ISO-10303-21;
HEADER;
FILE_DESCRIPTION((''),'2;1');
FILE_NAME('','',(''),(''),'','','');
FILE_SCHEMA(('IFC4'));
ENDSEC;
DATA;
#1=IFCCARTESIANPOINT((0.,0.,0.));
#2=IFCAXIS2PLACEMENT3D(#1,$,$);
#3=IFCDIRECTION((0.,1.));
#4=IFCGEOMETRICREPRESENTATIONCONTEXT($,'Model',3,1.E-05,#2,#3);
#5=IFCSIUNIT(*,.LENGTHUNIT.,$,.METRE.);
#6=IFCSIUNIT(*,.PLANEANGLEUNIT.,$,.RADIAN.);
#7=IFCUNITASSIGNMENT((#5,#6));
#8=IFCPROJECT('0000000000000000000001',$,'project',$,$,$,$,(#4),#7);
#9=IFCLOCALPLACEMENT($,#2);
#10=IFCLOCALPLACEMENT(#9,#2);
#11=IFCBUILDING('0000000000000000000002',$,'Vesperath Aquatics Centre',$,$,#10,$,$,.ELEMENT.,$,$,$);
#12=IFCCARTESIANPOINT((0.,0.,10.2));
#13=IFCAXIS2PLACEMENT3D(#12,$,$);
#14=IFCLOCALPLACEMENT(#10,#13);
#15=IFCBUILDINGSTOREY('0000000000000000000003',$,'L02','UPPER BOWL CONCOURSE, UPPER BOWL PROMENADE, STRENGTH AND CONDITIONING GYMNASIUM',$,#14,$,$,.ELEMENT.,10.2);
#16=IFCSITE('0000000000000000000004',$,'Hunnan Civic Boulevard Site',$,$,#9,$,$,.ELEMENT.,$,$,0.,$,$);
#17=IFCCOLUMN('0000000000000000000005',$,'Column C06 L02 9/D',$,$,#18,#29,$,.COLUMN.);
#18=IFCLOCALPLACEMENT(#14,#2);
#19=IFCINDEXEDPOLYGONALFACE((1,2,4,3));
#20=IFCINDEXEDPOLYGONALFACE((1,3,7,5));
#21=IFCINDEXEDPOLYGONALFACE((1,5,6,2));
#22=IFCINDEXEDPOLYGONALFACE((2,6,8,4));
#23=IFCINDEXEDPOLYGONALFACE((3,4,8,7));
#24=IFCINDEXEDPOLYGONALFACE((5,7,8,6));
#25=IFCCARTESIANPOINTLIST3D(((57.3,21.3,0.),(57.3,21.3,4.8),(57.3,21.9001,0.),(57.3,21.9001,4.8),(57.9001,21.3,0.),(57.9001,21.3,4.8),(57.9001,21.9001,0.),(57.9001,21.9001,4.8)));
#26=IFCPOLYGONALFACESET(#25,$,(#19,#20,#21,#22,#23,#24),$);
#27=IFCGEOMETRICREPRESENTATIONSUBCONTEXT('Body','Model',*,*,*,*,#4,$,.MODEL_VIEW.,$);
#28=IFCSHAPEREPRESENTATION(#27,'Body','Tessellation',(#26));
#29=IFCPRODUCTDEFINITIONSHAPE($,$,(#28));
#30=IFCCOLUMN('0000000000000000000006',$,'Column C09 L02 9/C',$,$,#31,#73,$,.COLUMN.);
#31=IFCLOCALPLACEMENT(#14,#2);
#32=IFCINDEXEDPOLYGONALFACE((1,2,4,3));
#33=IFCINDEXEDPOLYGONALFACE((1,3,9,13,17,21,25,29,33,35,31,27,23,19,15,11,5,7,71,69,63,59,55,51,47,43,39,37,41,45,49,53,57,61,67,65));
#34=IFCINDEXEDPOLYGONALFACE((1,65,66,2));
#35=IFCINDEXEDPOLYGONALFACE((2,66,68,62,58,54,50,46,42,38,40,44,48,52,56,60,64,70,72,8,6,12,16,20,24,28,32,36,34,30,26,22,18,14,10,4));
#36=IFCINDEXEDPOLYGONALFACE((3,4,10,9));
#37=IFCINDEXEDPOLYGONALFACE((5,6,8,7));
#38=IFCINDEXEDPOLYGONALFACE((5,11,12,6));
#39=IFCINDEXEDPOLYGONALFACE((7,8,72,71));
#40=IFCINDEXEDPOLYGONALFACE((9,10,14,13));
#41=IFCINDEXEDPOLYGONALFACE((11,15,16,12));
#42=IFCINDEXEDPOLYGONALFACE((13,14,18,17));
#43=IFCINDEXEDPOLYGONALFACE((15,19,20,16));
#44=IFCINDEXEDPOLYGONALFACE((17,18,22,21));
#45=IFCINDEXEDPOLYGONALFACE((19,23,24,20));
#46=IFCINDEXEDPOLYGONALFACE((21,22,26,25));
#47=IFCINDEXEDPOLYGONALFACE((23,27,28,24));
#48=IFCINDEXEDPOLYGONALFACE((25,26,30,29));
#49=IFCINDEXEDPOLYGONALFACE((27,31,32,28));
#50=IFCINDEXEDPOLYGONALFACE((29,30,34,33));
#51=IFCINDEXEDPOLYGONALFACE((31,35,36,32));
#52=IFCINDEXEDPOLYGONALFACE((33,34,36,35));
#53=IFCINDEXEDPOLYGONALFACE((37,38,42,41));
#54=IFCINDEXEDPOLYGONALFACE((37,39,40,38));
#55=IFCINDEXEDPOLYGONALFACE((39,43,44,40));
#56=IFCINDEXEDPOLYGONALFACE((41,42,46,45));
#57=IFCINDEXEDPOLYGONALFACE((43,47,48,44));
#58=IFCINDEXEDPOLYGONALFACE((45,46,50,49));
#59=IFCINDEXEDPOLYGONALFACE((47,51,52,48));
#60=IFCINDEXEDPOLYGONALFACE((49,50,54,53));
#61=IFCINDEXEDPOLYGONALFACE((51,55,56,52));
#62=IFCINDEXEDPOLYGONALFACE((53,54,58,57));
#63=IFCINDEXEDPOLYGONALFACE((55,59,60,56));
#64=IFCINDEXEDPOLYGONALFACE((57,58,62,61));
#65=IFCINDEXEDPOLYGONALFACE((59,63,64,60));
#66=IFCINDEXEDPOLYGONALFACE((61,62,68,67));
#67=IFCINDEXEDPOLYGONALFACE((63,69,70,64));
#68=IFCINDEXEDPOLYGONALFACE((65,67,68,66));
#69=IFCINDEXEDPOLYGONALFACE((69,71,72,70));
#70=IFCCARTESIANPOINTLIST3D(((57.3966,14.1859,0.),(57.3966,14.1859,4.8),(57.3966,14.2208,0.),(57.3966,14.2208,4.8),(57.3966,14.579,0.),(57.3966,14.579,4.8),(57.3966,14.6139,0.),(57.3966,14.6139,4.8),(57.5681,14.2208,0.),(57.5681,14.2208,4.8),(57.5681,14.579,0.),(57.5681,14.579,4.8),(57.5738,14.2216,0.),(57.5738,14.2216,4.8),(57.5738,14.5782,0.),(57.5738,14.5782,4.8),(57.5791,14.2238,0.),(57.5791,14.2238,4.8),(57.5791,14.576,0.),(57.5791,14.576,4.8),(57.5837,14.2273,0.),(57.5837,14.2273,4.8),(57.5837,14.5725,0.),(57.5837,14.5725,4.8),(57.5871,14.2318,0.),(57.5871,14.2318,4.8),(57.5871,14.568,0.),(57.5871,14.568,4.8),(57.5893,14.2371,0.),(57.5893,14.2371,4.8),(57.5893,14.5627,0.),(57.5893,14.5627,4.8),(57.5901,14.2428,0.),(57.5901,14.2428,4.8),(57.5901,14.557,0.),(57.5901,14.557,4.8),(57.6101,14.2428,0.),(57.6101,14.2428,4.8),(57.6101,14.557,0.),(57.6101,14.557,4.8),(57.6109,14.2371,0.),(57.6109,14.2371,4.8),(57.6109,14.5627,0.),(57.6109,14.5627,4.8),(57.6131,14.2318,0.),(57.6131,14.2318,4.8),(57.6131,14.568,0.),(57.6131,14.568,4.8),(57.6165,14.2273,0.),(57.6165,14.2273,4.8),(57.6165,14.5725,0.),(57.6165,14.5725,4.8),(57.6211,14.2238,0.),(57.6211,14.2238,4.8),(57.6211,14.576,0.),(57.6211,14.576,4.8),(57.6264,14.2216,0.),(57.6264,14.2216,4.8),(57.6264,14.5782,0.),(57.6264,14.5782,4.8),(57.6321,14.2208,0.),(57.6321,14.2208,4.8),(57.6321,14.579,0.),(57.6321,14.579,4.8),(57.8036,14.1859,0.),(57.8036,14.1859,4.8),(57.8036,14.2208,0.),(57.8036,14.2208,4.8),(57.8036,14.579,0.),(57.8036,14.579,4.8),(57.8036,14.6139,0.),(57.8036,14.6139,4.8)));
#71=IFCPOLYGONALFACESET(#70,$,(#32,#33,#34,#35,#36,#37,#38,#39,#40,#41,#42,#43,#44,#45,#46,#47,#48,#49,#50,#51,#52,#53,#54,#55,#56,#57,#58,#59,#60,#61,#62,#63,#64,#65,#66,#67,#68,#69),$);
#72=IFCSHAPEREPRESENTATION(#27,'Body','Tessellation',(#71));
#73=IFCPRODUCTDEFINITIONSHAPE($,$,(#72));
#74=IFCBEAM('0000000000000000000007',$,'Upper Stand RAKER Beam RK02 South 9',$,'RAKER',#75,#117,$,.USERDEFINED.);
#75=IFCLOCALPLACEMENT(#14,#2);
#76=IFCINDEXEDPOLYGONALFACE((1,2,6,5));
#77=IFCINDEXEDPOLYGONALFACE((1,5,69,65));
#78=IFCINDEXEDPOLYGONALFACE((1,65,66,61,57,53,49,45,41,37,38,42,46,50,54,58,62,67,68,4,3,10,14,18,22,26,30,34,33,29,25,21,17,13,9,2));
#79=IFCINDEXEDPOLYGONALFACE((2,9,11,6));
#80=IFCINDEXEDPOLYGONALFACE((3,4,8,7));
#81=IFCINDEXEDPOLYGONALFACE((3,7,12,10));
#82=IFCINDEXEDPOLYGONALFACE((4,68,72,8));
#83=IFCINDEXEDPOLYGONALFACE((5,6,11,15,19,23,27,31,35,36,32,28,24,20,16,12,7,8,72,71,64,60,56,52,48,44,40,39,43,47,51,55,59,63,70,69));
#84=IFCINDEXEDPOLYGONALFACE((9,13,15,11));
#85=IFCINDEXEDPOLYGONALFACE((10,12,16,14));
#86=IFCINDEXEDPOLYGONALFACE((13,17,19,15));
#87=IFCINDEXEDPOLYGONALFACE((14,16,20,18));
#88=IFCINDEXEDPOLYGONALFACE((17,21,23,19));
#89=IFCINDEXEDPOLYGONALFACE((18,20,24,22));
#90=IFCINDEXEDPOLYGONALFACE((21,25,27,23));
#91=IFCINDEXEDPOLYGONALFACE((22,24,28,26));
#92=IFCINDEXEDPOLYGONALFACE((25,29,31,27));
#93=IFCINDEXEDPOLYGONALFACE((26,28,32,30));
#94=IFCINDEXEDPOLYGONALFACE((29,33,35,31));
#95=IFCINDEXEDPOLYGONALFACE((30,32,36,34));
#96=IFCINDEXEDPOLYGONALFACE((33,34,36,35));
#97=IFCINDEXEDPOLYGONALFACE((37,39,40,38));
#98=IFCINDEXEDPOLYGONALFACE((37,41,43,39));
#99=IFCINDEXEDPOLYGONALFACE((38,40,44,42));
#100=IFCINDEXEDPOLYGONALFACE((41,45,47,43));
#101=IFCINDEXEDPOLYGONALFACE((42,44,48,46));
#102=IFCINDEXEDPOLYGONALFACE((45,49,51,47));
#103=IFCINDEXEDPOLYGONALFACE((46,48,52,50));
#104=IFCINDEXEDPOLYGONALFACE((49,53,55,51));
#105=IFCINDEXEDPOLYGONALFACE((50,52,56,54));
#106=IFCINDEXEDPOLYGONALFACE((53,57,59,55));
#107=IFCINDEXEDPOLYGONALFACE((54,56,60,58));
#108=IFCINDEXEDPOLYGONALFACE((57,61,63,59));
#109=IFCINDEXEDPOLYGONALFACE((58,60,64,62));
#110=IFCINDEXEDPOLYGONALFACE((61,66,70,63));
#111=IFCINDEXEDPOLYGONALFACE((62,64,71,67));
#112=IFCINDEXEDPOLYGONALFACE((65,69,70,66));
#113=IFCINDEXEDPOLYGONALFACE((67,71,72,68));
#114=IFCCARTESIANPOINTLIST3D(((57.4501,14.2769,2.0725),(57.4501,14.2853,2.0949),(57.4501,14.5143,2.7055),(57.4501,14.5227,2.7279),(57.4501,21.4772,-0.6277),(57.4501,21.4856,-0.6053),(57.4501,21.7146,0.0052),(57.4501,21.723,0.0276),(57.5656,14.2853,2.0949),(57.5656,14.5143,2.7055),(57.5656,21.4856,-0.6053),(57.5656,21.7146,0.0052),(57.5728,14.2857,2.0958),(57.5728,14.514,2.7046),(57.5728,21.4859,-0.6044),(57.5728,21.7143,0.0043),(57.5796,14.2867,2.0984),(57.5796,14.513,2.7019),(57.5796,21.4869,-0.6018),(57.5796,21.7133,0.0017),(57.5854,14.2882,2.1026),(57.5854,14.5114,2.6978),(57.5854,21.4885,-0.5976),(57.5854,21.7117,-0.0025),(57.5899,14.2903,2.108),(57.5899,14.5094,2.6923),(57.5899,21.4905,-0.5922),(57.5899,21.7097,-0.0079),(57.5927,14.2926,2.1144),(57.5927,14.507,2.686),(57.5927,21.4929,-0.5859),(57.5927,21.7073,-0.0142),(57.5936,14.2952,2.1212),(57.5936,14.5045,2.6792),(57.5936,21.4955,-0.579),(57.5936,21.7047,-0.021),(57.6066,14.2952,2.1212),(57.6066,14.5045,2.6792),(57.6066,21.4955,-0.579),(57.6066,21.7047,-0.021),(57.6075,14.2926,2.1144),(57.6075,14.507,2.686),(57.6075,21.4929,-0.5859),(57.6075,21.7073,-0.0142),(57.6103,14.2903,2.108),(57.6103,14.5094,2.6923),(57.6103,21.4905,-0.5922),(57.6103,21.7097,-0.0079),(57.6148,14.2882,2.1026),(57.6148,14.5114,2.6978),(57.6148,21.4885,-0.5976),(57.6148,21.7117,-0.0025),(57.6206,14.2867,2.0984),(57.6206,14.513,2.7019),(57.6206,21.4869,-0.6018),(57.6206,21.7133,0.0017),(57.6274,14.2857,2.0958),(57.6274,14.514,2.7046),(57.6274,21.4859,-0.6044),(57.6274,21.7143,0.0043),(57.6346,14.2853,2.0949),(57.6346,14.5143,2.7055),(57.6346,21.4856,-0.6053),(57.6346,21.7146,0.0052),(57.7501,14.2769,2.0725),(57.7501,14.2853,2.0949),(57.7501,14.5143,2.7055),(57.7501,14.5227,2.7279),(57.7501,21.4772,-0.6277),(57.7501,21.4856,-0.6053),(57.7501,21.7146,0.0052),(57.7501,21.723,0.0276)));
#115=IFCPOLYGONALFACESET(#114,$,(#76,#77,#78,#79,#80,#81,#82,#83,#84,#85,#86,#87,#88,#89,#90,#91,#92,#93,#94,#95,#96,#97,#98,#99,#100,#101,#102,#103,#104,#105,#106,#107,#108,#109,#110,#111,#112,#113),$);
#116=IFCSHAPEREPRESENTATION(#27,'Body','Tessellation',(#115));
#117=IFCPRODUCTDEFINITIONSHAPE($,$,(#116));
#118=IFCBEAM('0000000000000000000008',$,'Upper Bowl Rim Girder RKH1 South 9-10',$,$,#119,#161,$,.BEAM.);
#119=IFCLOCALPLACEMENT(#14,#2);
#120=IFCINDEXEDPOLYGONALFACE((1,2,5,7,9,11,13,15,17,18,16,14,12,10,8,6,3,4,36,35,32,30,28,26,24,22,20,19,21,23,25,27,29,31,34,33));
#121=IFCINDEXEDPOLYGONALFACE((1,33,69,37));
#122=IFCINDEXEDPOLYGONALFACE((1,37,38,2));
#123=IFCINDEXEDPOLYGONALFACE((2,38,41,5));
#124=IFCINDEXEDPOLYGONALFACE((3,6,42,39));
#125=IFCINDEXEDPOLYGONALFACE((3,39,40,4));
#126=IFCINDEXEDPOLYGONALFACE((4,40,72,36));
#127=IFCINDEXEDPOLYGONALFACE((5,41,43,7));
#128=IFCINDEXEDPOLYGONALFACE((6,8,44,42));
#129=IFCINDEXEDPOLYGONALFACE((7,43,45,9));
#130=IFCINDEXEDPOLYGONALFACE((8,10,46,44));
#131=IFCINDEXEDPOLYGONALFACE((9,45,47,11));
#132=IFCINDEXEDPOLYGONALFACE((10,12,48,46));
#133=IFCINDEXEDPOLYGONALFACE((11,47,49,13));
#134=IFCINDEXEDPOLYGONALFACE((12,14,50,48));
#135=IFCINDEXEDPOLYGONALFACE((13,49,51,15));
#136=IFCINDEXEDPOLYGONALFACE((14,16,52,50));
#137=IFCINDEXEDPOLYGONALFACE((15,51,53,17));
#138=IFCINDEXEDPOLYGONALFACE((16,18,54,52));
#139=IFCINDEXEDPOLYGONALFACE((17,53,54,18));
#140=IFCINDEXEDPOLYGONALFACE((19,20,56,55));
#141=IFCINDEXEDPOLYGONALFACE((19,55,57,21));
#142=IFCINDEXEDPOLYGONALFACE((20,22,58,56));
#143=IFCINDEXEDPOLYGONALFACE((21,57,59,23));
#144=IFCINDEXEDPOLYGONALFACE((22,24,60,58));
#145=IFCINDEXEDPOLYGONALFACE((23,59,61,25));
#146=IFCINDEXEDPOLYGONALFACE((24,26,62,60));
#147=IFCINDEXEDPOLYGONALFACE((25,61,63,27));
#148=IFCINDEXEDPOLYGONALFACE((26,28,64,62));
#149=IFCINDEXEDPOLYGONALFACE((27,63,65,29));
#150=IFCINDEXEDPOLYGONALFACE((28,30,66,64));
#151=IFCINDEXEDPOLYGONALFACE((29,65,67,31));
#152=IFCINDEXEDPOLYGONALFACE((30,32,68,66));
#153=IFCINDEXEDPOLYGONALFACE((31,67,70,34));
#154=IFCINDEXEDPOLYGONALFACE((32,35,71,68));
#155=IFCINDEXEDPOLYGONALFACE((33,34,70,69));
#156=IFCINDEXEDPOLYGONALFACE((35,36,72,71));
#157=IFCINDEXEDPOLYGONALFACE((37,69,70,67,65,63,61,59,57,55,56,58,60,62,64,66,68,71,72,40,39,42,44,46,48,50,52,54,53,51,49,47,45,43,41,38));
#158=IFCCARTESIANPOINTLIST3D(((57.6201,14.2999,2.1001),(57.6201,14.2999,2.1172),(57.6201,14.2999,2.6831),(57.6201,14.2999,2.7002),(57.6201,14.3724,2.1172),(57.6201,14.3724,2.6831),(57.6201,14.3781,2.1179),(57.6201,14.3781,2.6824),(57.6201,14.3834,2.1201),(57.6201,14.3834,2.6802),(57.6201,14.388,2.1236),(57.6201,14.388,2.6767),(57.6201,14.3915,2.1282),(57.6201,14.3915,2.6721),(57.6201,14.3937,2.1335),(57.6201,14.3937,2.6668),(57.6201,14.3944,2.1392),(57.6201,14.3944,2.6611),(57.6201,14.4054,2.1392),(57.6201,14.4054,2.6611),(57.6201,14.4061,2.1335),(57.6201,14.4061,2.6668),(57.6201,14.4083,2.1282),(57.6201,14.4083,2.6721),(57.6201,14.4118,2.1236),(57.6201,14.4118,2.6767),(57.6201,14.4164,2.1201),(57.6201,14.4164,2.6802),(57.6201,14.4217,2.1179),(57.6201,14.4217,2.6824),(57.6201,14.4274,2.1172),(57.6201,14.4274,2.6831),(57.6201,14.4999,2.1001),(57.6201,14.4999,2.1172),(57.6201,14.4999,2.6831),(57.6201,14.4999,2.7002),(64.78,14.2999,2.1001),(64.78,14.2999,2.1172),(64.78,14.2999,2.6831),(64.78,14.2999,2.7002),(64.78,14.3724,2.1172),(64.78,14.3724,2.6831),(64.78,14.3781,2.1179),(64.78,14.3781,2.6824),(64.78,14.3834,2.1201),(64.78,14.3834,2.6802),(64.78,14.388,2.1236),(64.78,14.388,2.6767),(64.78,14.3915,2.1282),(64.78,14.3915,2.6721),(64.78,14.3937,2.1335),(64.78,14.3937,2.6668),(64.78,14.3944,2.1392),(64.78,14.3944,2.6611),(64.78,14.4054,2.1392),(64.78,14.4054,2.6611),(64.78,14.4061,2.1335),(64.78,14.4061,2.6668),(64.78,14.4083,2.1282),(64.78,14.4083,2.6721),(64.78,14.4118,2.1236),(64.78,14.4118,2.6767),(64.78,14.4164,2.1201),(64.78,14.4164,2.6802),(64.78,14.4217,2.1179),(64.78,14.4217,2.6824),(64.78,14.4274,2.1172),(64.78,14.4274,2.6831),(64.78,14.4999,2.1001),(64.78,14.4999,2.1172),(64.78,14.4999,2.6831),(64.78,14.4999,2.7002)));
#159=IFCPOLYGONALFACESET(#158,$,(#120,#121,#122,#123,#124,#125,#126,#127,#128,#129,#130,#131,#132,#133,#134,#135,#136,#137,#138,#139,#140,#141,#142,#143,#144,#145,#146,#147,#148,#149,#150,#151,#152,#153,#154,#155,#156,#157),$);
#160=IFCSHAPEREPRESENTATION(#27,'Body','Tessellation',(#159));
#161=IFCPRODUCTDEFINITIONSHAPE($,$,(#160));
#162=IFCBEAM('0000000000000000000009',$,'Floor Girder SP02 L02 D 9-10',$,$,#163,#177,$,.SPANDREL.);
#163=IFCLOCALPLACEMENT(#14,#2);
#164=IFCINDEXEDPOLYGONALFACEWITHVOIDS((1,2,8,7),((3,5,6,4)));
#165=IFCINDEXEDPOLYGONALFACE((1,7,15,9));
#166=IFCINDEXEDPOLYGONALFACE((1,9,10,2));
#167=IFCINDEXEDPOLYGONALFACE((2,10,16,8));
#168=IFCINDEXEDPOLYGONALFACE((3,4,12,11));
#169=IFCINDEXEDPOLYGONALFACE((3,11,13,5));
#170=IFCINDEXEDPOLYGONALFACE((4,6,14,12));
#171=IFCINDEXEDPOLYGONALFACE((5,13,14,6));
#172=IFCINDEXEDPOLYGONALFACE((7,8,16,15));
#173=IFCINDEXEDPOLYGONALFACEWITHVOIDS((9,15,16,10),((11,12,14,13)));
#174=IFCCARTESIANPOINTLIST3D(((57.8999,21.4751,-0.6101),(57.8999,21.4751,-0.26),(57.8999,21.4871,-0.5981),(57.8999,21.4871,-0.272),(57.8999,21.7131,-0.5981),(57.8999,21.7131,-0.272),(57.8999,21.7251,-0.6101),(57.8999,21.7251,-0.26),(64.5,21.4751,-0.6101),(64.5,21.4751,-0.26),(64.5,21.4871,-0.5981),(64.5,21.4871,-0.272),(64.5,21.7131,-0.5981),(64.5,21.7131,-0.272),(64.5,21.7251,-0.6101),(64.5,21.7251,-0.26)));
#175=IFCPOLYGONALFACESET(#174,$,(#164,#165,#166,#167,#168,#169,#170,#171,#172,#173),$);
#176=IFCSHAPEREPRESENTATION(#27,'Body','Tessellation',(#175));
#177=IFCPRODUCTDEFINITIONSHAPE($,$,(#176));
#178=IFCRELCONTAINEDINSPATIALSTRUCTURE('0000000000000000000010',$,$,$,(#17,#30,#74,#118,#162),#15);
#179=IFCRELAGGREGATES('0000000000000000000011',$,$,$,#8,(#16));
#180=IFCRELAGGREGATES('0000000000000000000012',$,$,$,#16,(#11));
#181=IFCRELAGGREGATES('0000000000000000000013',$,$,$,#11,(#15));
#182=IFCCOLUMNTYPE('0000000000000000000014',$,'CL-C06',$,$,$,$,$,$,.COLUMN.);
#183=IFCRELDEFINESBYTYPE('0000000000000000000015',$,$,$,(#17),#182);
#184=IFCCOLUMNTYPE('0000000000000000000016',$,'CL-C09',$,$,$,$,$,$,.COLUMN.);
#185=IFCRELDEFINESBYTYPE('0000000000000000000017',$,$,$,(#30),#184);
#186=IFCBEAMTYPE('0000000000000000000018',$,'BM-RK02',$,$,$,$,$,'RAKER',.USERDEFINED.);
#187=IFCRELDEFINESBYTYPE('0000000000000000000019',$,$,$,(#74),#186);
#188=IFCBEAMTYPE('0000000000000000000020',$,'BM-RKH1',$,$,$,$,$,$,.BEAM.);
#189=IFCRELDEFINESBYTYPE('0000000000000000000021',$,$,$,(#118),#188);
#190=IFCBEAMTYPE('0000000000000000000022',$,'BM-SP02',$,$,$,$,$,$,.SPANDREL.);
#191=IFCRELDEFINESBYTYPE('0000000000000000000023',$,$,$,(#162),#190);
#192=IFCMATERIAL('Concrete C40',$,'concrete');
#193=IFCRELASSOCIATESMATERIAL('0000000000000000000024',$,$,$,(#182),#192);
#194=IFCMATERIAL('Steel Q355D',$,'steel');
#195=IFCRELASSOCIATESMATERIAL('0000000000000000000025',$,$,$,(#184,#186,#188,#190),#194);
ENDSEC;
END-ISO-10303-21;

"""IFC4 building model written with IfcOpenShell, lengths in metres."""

from ifc_helpers import new_model, si_unit, direction, frame, origin, origin_2d, place, context, subcontext, project, spatial, rectangle, hollow_rectangle, i_section, extrude, material, material_profile, profile_set, type_object, element, save


model = new_model("IFC4")

# Units and contexts
model_context = context("Model", 3, precision=1e-05, world=origin(), true_north=direction((0.0, 1.0)))
body_context = subcontext(model_context, "Body", "Model", "MODEL_VIEW")
ifc_project = project(units=[si_unit("LENGTHUNIT", "METRE"), si_unit("PLANEANGLEUNIT", "RADIAN")], contexts=[model_context])

# Site, building, storey
site_placement = place(None, origin())
site = spatial("IfcSite", under=ifc_project, at=site_placement, Name="Hunnan Civic Boulevard Site", CompositionType="ELEMENT", RefElevation=0.0)
building_placement = place(site_placement, origin())
building = spatial("IfcBuilding", under=site, at=building_placement, Name="Vesperath Aquatics Centre", CompositionType="ELEMENT")
storey_placement = place(building_placement, frame((0.0, 0.0, 10.2)))
storey = spatial("IfcBuildingStorey", under=building, at=storey_placement, Name="L02", Description="UPPER BOWL CONCOURSE, UPPER BOWL PROMENADE, STRENGTH AND CONDITIONING GYMNASIUM", CompositionType="ELEMENT", Elevation=10.2)

# Columns
ifc_material_1 = material(Name="Concrete C40", Category="concrete")
ifc_material_profile_1 = material_profile(ifc_material_1, rectangle(XDim=0.6001, YDim=0.6001, at=origin_2d()), Name="RC 600x600")
ifc_profile_set_1 = profile_set([ifc_material_profile_1], Name="Concrete C40")
column_type_1 = type_object("IfcColumnType", Name="CL-C06", PredefinedType="COLUMN", material=ifc_profile_set_1)
column_1_placement = place(storey_placement, frame((57.6001, 21.6001, 0.0), z_axis=(0.0, 0.0, 1.0), x_axis=(1.0, 0.0, 0.0)))
element("IfcColumn", 1, at=column_1_placement, inside=storey, type_object=column_type_1, Name="Column C06 L02 9/D", PredefinedType="COLUMN", context=body_context, shape_type="SweptSolid", body=[
    extrude(rectangle(XDim=0.6001, YDim=0.6001, at=origin_2d()), origin(), (0.0, 0.0, 1.0), 4.8),
])
ifc_material_2 = material(Name="Steel Q355D", Category="steel")
ifc_material_profile_2 = material_profile(ifc_material_2, i_section(OverallWidth=0.407, OverallDepth=0.428, WebThickness=0.02, FlangeThickness=0.0349, FilletRadius=0.022, at=origin_2d()), Name="HW 428x407x20x35")
ifc_profile_set_2 = profile_set([ifc_material_profile_2], Name="Steel Q355D")
column_type_2 = type_object("IfcColumnType", Name="CL-C09", PredefinedType="COLUMN", material=ifc_profile_set_2)
column_2_placement = place(storey_placement, frame((57.6001, 14.3999, 0.0), z_axis=(0.0, 0.0, 1.0), x_axis=(1.0, 0.0, 0.0)))
element("IfcColumn", 2, at=column_2_placement, inside=storey, type_object=column_type_2, Name="Column C09 L02 9/C", PredefinedType="COLUMN", context=body_context, shape_type="SweptSolid", body=[
    extrude(i_section(OverallWidth=0.407, OverallDepth=0.428, WebThickness=0.02, FlangeThickness=0.0349, FilletRadius=0.022, at=origin_2d()), origin(), (0.0, 0.0, 1.0), 4.8),
])

# Beams
ifc_material_profile_3 = material_profile(ifc_material_2, i_section(OverallWidth=0.3, OverallDepth=0.7, WebThickness=0.0129, FlangeThickness=0.0239, FilletRadius=0.0281, at=origin_2d()), Name="HN 700x300x13x24")
ifc_profile_set_3 = profile_set([ifc_material_profile_3], Name="Steel Q355D")
beam_type_1 = type_object("IfcBeamType", Name="BM-RK02", ElementType="RAKER", PredefinedType="USERDEFINED", material=ifc_profile_set_3)
beam_1_placement = place(storey_placement, frame((57.6001, 21.6001, -0.3), z_axis=(0.0, -0.936324, 0.351137), x_axis=(1.0, 0.0, 0.0)))
element("IfcBeam", 3, at=beam_1_placement, inside=storey, type_object=beam_type_1, Name="Upper Stand RAKER Beam RK02 South 9", ObjectType="RAKER", PredefinedType="USERDEFINED", context=body_context, shape_type="SweptSolid", body=[
    extrude(i_section(OverallWidth=0.3, OverallDepth=0.7, WebThickness=0.0129, FlangeThickness=0.0239, FilletRadius=0.0281, at=origin_2d()), origin(), (0.0, 0.0, 1.0), 7.6899),
])
ifc_material_profile_4 = material_profile(ifc_material_2, i_section(OverallWidth=0.2, OverallDepth=0.6001, WebThickness=0.011, FlangeThickness=0.0171, FilletRadius=0.022, at=origin_2d()), Name="HN 600x200x11x17")
ifc_profile_set_4 = profile_set([ifc_material_profile_4], Name="Steel Q355D")
beam_type_2 = type_object("IfcBeamType", Name="BM-RKH1", PredefinedType="BEAM", material=ifc_profile_set_4)
beam_2_placement = place(storey_placement, frame((57.6201, 14.3999, 2.4001), z_axis=(1.0, 0.0, 0.0), x_axis=(0.0, 1.0, 0.0)))
element("IfcBeam", 4, at=beam_2_placement, inside=storey, type_object=beam_type_2, Name="Upper Bowl Rim Girder RKH1 South 9-10", PredefinedType="BEAM", context=body_context, shape_type="SweptSolid", body=[
    extrude(i_section(OverallWidth=0.2, OverallDepth=0.6001, WebThickness=0.011, FlangeThickness=0.0171, FilletRadius=0.022, at=origin_2d()), origin(), (0.0, 0.0, 1.0), 7.1599),
])
ifc_material_profile_5 = material_profile(ifc_material_2, hollow_rectangle(XDim=0.25, YDim=0.3501, WallThickness=0.012, at=origin_2d()), Name="RHS 350x250x12")
ifc_profile_set_5 = profile_set([ifc_material_profile_5], Name="Steel Q355D")
beam_type_3 = type_object("IfcBeamType", Name="BM-SP02", PredefinedType="SPANDREL", material=ifc_profile_set_5)
beam_3_placement = place(storey_placement, frame((57.8999, 21.6001, -0.4351), z_axis=(1.0, 0.0, 0.0), x_axis=(0.0, 1.0, 0.0)))
element("IfcBeam", 5, at=beam_3_placement, inside=storey, type_object=beam_type_3, Name="Floor Girder SP02 L02 D 9-10", PredefinedType="SPANDREL", context=body_context, shape_type="SweptSolid", body=[
    extrude(hollow_rectangle(XDim=0.25, YDim=0.3501, WallThickness=0.012, at=origin_2d()), origin(), (0.0, 0.0, 1.0), 6.6001),
])

save(model, "model.ifc")
